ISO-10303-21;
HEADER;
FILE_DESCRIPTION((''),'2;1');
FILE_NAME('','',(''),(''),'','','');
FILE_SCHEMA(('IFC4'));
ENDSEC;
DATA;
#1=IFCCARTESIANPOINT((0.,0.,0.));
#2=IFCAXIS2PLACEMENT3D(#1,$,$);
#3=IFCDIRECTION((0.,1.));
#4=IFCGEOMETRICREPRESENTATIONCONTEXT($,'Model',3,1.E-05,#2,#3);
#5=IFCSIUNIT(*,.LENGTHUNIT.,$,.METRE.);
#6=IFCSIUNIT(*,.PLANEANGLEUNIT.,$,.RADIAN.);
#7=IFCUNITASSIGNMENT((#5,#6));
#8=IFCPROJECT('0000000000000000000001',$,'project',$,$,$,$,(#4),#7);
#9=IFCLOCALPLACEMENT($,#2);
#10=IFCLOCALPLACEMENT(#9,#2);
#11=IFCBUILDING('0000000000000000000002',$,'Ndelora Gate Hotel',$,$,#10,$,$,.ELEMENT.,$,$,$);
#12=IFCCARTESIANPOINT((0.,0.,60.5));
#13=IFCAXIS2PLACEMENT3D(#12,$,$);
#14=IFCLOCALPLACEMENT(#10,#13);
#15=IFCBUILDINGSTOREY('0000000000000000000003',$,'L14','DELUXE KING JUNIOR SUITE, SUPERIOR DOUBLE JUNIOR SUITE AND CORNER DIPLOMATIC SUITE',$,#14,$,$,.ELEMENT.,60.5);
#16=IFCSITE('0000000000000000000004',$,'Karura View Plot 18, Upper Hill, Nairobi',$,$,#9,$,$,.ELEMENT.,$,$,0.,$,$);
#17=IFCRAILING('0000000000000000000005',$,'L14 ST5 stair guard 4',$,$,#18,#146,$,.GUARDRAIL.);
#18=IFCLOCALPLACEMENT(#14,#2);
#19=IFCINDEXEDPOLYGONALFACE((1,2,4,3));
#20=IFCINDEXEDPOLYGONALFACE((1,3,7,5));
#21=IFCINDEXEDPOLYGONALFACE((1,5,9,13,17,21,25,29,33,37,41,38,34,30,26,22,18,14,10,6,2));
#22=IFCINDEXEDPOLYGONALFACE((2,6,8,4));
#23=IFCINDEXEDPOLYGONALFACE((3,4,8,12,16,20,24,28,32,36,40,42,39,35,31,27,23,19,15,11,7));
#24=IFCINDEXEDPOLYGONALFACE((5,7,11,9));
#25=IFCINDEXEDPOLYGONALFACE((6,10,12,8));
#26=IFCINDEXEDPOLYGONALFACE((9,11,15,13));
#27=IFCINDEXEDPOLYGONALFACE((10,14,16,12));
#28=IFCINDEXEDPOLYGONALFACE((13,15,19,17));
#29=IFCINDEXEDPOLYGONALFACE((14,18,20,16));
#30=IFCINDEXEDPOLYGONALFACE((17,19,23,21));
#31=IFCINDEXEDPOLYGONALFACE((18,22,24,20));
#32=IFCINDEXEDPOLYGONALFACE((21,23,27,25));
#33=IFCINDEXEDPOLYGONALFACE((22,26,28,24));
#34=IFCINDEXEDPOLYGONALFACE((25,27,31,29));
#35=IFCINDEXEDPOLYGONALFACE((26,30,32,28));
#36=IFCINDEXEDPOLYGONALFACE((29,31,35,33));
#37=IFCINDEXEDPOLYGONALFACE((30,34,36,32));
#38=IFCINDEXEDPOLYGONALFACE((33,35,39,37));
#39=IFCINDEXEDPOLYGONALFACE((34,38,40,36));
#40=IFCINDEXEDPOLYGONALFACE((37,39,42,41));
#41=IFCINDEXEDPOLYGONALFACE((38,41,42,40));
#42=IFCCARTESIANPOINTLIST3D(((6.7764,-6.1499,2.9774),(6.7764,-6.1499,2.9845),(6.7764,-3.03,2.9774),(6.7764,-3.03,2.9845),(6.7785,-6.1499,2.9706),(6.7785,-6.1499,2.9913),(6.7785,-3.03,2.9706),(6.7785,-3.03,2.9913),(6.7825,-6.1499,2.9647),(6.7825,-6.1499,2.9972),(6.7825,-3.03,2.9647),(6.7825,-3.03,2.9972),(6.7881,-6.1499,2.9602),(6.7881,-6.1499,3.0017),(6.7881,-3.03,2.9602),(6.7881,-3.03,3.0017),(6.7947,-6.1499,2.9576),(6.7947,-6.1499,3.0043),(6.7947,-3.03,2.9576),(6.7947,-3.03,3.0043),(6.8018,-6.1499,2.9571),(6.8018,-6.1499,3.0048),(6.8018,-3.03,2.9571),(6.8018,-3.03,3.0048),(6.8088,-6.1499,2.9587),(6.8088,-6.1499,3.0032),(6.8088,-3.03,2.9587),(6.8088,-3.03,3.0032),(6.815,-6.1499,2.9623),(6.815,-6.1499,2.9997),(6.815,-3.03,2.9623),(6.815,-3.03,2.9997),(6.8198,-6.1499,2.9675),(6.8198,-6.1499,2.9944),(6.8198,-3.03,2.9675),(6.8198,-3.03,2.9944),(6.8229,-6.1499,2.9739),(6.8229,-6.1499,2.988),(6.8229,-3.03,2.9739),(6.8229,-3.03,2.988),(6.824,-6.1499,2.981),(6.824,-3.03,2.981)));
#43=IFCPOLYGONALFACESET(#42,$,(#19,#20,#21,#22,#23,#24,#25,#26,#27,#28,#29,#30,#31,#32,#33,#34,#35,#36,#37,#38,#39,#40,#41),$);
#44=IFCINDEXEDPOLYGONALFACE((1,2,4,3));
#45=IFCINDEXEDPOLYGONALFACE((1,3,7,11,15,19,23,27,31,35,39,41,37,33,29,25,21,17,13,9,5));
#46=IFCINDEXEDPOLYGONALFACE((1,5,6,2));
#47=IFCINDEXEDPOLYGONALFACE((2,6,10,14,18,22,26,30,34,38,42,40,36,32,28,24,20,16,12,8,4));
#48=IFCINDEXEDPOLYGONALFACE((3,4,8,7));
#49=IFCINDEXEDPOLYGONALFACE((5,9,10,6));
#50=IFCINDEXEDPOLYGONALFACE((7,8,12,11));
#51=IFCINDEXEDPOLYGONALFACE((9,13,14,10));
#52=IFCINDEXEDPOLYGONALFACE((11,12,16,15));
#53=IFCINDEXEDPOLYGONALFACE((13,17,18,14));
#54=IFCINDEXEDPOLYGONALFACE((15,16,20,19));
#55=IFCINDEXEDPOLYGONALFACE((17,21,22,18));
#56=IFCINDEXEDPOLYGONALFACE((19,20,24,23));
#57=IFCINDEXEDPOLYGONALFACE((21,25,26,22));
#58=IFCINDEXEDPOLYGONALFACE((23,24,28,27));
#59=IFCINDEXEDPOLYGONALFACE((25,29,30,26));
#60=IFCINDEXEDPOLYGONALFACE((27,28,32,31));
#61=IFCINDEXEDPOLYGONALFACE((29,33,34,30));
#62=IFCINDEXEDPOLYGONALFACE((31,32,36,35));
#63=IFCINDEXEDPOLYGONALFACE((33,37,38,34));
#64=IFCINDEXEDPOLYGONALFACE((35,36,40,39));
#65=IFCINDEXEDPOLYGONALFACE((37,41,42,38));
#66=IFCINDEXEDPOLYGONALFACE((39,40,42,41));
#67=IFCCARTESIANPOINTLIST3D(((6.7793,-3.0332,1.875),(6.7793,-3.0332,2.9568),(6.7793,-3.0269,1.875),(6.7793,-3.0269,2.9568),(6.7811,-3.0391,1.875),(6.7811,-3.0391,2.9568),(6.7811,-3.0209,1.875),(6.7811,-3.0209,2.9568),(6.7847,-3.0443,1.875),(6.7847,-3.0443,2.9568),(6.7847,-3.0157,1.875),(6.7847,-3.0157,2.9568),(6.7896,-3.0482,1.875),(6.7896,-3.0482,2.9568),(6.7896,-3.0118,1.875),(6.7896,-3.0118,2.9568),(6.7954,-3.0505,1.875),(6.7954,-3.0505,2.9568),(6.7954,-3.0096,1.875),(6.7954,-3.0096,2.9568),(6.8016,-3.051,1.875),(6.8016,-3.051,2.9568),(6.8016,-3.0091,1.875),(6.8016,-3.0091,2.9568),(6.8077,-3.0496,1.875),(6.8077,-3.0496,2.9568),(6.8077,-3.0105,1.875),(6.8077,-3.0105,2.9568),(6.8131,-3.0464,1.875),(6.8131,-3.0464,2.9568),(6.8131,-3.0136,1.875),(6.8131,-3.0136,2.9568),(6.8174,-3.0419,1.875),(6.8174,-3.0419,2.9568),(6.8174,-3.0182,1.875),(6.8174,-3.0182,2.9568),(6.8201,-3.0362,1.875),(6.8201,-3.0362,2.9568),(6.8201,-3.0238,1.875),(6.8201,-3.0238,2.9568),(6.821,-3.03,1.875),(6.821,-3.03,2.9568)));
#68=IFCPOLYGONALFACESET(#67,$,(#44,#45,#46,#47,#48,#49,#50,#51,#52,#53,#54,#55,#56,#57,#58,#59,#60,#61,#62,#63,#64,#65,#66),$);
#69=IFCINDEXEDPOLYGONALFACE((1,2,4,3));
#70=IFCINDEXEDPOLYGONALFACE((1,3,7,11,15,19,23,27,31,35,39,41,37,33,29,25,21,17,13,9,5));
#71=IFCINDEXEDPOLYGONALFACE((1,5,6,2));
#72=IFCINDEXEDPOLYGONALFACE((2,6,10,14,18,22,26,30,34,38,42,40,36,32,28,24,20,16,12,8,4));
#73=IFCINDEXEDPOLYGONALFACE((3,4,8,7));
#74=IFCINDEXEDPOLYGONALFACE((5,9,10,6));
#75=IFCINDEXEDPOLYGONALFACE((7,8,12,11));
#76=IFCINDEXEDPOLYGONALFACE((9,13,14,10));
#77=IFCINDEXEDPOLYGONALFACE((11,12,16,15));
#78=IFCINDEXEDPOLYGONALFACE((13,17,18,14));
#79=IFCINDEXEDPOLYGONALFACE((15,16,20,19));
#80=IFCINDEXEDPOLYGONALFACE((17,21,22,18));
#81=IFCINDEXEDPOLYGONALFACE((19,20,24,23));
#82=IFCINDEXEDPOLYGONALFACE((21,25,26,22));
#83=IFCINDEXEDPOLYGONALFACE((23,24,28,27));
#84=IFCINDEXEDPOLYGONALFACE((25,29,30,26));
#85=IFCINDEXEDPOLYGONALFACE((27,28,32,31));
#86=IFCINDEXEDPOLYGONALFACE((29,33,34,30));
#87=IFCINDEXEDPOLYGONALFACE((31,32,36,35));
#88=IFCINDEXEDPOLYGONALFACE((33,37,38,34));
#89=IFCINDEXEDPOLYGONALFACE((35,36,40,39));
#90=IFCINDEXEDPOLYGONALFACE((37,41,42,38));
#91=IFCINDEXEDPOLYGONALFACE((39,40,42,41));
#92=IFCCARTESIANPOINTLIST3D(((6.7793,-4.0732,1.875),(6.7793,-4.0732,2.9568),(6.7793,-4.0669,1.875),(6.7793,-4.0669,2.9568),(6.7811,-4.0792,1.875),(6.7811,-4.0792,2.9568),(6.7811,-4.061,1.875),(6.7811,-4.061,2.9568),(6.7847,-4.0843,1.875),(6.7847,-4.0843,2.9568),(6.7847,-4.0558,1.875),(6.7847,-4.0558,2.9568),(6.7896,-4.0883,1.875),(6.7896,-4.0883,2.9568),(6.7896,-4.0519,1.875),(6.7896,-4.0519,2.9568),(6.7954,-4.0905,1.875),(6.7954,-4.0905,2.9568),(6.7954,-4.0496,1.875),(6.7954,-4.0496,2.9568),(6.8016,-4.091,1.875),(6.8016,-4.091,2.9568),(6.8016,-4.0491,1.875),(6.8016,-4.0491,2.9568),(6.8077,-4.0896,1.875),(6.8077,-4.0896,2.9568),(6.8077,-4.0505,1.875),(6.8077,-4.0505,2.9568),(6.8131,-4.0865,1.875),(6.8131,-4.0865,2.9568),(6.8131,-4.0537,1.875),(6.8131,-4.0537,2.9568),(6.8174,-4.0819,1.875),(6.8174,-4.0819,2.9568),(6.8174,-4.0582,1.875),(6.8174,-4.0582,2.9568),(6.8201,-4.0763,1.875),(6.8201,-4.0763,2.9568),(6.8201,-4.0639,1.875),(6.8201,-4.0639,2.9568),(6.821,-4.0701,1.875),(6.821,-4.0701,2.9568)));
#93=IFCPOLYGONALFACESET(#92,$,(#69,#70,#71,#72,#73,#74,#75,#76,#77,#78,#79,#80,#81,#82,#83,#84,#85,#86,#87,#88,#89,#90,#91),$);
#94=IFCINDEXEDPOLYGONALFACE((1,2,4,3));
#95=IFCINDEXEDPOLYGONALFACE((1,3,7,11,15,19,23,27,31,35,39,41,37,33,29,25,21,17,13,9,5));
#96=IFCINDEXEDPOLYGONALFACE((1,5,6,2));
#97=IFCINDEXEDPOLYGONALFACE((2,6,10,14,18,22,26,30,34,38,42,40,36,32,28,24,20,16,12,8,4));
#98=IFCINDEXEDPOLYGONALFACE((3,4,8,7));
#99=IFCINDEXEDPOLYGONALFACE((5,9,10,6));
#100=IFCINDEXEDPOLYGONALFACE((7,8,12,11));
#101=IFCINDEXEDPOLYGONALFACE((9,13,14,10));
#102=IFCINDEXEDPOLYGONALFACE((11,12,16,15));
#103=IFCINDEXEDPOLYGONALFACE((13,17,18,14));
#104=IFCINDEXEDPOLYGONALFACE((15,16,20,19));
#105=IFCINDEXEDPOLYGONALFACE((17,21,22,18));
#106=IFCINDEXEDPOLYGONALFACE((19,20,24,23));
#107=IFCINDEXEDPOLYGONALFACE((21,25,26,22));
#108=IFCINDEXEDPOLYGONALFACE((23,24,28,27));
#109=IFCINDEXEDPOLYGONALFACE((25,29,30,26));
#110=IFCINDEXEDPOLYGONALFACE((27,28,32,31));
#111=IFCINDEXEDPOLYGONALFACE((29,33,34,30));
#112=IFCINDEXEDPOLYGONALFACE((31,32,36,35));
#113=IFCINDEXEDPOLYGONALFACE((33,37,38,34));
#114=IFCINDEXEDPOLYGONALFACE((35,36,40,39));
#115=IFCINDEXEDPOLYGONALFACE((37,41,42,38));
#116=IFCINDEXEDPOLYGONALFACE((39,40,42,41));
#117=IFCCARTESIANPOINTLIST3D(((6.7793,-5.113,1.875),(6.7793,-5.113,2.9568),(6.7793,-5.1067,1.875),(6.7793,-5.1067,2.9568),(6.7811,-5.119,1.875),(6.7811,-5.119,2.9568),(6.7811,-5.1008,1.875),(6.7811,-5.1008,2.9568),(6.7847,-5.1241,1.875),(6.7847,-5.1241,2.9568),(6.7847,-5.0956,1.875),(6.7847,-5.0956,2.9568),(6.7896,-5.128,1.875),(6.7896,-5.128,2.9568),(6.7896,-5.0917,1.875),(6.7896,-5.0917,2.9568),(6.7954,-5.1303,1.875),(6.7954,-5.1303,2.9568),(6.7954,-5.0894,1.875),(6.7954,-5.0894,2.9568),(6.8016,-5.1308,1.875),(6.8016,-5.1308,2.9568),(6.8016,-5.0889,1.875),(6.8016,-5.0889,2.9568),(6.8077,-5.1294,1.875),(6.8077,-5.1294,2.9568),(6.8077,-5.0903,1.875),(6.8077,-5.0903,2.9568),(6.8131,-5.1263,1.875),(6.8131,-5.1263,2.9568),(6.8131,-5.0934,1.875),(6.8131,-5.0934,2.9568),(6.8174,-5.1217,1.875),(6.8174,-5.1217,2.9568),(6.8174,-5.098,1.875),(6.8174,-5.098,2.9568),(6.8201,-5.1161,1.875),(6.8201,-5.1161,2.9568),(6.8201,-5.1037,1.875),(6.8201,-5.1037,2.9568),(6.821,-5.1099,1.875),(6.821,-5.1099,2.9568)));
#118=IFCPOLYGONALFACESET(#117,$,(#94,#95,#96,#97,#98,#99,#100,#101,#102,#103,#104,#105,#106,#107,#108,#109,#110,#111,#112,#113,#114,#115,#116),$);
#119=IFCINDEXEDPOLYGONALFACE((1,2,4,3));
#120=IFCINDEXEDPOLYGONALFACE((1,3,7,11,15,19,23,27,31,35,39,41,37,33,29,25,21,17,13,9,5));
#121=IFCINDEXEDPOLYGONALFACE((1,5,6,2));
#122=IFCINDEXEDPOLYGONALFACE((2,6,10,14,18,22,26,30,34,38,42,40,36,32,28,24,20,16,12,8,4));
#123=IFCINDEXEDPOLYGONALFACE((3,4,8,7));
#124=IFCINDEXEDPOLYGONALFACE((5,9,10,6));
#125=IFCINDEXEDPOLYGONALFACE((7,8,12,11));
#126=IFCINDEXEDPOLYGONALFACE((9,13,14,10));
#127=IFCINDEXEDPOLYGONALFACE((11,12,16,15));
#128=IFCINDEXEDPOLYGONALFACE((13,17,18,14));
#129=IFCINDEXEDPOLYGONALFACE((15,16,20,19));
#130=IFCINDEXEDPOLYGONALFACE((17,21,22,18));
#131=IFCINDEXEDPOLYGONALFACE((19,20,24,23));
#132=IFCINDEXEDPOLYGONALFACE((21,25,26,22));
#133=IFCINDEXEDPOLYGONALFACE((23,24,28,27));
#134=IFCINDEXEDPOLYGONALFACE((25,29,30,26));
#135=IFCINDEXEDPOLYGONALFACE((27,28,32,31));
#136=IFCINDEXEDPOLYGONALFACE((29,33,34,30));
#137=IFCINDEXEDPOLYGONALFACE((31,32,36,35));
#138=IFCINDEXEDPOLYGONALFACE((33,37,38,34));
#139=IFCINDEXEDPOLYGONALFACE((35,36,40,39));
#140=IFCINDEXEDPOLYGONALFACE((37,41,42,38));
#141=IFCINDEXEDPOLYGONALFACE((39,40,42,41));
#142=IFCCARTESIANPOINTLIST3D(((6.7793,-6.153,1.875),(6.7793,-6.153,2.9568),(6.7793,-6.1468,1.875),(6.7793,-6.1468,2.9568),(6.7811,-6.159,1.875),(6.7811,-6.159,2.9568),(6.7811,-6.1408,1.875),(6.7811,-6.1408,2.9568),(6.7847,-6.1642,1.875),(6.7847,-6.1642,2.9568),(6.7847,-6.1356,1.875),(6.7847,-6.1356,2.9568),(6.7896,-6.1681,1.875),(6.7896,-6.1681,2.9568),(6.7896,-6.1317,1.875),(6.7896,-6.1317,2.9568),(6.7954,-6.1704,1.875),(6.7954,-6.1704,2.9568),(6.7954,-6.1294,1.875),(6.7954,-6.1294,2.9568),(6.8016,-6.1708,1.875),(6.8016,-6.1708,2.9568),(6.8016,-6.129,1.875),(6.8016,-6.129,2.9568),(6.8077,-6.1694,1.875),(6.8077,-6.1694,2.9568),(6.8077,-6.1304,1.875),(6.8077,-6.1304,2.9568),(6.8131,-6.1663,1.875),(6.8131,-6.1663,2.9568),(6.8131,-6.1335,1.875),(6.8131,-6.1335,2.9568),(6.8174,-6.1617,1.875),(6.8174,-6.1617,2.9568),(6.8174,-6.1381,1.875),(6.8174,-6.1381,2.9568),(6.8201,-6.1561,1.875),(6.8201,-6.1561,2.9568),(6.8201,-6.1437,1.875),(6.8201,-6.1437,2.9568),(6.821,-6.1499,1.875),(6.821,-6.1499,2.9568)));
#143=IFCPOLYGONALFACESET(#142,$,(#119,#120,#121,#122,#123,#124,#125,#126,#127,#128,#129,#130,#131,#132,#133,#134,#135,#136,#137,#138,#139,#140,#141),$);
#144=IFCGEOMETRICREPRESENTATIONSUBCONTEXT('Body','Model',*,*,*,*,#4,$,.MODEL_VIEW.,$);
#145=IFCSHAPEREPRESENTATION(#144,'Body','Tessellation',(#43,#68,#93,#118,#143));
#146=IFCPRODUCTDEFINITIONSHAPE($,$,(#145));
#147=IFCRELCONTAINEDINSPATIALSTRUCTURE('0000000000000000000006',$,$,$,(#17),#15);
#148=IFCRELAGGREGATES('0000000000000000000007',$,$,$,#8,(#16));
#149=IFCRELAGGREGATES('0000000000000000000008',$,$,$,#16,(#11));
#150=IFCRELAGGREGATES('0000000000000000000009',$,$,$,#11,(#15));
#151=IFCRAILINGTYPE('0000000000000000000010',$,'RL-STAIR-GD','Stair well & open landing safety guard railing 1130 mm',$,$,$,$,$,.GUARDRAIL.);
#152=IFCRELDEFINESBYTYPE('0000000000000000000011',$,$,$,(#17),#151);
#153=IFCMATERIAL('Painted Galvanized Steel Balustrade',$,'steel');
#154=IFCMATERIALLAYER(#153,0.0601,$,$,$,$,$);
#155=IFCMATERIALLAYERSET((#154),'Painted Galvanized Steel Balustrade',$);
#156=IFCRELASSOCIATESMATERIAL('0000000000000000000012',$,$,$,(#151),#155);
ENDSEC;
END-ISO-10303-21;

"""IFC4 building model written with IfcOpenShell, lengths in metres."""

from ifc_helpers import new_model, si_unit, direction, frame, origin, origin_2d, place, context, subcontext, project, spatial, circle, extrude, material, layer, layer_set, type_object, element, save


model = new_model("IFC4")

# Units and contexts
model_context = context("Model", 3, precision=1e-05, world=origin(), true_north=direction((0.0, 1.0)))
body_context = subcontext(model_context, "Body", "Model", "MODEL_VIEW")
ifc_project = project(units=[si_unit("LENGTHUNIT", "METRE"), si_unit("PLANEANGLEUNIT", "RADIAN")], contexts=[model_context])

# Site, building, storey
site_placement = place(None, origin())
site = spatial("IfcSite", under=ifc_project, at=site_placement, Name="Karura View Plot 18, Upper Hill, Nairobi", CompositionType="ELEMENT", RefElevation=0.0)
building_placement = place(site_placement, origin())
building = spatial("IfcBuilding", under=site, at=building_placement, Name="Ndelora Gate Hotel", CompositionType="ELEMENT")
storey_placement = place(building_placement, frame((0.0, 0.0, 60.5)))
storey = spatial("IfcBuildingStorey", under=building, at=storey_placement, Name="L14", Description="DELUXE KING JUNIOR SUITE, SUPERIOR DOUBLE JUNIOR SUITE AND CORNER DIPLOMATIC SUITE", CompositionType="ELEMENT", Elevation=60.5)

# Railing
ifc_material_1 = material(Name="Painted Galvanized Steel Balustrade", Category="steel")
ifc_layer_1 = layer(ifc_material_1, 0.0601)
ifc_layer_set_1 = layer_set([ifc_layer_1], Name="Painted Galvanized Steel Balustrade")
railing_type = type_object("IfcRailingType", Name="RL-STAIR-GD", Description="Stair well & open landing safety guard railing 1130 mm", PredefinedType="GUARDRAIL", material=ifc_layer_set_1)
for number, where, name in (
    (1, (6.8, -3.03, 1.875), "L14 ST5 stair guard 4"),
):
    element("IfcRailing", number, at=place(storey_placement, frame(where)), inside=storey, type_object=railing_type, Name=name, PredefinedType="GUARDRAIL", context=body_context, shape_type="SweptSolid", body=[
        extrude(circle(Radius=0.0239, at=origin_2d()), frame((0.0, 0.0, 1.106), z_axis=(0.0, -1.0, 0.0), x_axis=(1.0, 0.0, 0.0)), (0.0, 0.0, 1.0), 3.1199),
        extrude(circle(Radius=0.021, at=origin_2d()), origin(), (0.0, 0.0, 1.0), 1.0818),
        extrude(circle(Radius=0.021, at=origin_2d()), frame((0.0, -1.04, 0.0)), (0.0, 0.0, 1.0), 1.0818),
        extrude(circle(Radius=0.021, at=origin_2d()), frame((0.0, -2.0798, 0.0)), (0.0, 0.0, 1.0), 1.0818),
        extrude(circle(Radius=0.021, at=origin_2d()), frame((0.0, -3.1199, 0.0)), (0.0, 0.0, 1.0), 1.0818),
    ])

save(model, "model.ifc")
